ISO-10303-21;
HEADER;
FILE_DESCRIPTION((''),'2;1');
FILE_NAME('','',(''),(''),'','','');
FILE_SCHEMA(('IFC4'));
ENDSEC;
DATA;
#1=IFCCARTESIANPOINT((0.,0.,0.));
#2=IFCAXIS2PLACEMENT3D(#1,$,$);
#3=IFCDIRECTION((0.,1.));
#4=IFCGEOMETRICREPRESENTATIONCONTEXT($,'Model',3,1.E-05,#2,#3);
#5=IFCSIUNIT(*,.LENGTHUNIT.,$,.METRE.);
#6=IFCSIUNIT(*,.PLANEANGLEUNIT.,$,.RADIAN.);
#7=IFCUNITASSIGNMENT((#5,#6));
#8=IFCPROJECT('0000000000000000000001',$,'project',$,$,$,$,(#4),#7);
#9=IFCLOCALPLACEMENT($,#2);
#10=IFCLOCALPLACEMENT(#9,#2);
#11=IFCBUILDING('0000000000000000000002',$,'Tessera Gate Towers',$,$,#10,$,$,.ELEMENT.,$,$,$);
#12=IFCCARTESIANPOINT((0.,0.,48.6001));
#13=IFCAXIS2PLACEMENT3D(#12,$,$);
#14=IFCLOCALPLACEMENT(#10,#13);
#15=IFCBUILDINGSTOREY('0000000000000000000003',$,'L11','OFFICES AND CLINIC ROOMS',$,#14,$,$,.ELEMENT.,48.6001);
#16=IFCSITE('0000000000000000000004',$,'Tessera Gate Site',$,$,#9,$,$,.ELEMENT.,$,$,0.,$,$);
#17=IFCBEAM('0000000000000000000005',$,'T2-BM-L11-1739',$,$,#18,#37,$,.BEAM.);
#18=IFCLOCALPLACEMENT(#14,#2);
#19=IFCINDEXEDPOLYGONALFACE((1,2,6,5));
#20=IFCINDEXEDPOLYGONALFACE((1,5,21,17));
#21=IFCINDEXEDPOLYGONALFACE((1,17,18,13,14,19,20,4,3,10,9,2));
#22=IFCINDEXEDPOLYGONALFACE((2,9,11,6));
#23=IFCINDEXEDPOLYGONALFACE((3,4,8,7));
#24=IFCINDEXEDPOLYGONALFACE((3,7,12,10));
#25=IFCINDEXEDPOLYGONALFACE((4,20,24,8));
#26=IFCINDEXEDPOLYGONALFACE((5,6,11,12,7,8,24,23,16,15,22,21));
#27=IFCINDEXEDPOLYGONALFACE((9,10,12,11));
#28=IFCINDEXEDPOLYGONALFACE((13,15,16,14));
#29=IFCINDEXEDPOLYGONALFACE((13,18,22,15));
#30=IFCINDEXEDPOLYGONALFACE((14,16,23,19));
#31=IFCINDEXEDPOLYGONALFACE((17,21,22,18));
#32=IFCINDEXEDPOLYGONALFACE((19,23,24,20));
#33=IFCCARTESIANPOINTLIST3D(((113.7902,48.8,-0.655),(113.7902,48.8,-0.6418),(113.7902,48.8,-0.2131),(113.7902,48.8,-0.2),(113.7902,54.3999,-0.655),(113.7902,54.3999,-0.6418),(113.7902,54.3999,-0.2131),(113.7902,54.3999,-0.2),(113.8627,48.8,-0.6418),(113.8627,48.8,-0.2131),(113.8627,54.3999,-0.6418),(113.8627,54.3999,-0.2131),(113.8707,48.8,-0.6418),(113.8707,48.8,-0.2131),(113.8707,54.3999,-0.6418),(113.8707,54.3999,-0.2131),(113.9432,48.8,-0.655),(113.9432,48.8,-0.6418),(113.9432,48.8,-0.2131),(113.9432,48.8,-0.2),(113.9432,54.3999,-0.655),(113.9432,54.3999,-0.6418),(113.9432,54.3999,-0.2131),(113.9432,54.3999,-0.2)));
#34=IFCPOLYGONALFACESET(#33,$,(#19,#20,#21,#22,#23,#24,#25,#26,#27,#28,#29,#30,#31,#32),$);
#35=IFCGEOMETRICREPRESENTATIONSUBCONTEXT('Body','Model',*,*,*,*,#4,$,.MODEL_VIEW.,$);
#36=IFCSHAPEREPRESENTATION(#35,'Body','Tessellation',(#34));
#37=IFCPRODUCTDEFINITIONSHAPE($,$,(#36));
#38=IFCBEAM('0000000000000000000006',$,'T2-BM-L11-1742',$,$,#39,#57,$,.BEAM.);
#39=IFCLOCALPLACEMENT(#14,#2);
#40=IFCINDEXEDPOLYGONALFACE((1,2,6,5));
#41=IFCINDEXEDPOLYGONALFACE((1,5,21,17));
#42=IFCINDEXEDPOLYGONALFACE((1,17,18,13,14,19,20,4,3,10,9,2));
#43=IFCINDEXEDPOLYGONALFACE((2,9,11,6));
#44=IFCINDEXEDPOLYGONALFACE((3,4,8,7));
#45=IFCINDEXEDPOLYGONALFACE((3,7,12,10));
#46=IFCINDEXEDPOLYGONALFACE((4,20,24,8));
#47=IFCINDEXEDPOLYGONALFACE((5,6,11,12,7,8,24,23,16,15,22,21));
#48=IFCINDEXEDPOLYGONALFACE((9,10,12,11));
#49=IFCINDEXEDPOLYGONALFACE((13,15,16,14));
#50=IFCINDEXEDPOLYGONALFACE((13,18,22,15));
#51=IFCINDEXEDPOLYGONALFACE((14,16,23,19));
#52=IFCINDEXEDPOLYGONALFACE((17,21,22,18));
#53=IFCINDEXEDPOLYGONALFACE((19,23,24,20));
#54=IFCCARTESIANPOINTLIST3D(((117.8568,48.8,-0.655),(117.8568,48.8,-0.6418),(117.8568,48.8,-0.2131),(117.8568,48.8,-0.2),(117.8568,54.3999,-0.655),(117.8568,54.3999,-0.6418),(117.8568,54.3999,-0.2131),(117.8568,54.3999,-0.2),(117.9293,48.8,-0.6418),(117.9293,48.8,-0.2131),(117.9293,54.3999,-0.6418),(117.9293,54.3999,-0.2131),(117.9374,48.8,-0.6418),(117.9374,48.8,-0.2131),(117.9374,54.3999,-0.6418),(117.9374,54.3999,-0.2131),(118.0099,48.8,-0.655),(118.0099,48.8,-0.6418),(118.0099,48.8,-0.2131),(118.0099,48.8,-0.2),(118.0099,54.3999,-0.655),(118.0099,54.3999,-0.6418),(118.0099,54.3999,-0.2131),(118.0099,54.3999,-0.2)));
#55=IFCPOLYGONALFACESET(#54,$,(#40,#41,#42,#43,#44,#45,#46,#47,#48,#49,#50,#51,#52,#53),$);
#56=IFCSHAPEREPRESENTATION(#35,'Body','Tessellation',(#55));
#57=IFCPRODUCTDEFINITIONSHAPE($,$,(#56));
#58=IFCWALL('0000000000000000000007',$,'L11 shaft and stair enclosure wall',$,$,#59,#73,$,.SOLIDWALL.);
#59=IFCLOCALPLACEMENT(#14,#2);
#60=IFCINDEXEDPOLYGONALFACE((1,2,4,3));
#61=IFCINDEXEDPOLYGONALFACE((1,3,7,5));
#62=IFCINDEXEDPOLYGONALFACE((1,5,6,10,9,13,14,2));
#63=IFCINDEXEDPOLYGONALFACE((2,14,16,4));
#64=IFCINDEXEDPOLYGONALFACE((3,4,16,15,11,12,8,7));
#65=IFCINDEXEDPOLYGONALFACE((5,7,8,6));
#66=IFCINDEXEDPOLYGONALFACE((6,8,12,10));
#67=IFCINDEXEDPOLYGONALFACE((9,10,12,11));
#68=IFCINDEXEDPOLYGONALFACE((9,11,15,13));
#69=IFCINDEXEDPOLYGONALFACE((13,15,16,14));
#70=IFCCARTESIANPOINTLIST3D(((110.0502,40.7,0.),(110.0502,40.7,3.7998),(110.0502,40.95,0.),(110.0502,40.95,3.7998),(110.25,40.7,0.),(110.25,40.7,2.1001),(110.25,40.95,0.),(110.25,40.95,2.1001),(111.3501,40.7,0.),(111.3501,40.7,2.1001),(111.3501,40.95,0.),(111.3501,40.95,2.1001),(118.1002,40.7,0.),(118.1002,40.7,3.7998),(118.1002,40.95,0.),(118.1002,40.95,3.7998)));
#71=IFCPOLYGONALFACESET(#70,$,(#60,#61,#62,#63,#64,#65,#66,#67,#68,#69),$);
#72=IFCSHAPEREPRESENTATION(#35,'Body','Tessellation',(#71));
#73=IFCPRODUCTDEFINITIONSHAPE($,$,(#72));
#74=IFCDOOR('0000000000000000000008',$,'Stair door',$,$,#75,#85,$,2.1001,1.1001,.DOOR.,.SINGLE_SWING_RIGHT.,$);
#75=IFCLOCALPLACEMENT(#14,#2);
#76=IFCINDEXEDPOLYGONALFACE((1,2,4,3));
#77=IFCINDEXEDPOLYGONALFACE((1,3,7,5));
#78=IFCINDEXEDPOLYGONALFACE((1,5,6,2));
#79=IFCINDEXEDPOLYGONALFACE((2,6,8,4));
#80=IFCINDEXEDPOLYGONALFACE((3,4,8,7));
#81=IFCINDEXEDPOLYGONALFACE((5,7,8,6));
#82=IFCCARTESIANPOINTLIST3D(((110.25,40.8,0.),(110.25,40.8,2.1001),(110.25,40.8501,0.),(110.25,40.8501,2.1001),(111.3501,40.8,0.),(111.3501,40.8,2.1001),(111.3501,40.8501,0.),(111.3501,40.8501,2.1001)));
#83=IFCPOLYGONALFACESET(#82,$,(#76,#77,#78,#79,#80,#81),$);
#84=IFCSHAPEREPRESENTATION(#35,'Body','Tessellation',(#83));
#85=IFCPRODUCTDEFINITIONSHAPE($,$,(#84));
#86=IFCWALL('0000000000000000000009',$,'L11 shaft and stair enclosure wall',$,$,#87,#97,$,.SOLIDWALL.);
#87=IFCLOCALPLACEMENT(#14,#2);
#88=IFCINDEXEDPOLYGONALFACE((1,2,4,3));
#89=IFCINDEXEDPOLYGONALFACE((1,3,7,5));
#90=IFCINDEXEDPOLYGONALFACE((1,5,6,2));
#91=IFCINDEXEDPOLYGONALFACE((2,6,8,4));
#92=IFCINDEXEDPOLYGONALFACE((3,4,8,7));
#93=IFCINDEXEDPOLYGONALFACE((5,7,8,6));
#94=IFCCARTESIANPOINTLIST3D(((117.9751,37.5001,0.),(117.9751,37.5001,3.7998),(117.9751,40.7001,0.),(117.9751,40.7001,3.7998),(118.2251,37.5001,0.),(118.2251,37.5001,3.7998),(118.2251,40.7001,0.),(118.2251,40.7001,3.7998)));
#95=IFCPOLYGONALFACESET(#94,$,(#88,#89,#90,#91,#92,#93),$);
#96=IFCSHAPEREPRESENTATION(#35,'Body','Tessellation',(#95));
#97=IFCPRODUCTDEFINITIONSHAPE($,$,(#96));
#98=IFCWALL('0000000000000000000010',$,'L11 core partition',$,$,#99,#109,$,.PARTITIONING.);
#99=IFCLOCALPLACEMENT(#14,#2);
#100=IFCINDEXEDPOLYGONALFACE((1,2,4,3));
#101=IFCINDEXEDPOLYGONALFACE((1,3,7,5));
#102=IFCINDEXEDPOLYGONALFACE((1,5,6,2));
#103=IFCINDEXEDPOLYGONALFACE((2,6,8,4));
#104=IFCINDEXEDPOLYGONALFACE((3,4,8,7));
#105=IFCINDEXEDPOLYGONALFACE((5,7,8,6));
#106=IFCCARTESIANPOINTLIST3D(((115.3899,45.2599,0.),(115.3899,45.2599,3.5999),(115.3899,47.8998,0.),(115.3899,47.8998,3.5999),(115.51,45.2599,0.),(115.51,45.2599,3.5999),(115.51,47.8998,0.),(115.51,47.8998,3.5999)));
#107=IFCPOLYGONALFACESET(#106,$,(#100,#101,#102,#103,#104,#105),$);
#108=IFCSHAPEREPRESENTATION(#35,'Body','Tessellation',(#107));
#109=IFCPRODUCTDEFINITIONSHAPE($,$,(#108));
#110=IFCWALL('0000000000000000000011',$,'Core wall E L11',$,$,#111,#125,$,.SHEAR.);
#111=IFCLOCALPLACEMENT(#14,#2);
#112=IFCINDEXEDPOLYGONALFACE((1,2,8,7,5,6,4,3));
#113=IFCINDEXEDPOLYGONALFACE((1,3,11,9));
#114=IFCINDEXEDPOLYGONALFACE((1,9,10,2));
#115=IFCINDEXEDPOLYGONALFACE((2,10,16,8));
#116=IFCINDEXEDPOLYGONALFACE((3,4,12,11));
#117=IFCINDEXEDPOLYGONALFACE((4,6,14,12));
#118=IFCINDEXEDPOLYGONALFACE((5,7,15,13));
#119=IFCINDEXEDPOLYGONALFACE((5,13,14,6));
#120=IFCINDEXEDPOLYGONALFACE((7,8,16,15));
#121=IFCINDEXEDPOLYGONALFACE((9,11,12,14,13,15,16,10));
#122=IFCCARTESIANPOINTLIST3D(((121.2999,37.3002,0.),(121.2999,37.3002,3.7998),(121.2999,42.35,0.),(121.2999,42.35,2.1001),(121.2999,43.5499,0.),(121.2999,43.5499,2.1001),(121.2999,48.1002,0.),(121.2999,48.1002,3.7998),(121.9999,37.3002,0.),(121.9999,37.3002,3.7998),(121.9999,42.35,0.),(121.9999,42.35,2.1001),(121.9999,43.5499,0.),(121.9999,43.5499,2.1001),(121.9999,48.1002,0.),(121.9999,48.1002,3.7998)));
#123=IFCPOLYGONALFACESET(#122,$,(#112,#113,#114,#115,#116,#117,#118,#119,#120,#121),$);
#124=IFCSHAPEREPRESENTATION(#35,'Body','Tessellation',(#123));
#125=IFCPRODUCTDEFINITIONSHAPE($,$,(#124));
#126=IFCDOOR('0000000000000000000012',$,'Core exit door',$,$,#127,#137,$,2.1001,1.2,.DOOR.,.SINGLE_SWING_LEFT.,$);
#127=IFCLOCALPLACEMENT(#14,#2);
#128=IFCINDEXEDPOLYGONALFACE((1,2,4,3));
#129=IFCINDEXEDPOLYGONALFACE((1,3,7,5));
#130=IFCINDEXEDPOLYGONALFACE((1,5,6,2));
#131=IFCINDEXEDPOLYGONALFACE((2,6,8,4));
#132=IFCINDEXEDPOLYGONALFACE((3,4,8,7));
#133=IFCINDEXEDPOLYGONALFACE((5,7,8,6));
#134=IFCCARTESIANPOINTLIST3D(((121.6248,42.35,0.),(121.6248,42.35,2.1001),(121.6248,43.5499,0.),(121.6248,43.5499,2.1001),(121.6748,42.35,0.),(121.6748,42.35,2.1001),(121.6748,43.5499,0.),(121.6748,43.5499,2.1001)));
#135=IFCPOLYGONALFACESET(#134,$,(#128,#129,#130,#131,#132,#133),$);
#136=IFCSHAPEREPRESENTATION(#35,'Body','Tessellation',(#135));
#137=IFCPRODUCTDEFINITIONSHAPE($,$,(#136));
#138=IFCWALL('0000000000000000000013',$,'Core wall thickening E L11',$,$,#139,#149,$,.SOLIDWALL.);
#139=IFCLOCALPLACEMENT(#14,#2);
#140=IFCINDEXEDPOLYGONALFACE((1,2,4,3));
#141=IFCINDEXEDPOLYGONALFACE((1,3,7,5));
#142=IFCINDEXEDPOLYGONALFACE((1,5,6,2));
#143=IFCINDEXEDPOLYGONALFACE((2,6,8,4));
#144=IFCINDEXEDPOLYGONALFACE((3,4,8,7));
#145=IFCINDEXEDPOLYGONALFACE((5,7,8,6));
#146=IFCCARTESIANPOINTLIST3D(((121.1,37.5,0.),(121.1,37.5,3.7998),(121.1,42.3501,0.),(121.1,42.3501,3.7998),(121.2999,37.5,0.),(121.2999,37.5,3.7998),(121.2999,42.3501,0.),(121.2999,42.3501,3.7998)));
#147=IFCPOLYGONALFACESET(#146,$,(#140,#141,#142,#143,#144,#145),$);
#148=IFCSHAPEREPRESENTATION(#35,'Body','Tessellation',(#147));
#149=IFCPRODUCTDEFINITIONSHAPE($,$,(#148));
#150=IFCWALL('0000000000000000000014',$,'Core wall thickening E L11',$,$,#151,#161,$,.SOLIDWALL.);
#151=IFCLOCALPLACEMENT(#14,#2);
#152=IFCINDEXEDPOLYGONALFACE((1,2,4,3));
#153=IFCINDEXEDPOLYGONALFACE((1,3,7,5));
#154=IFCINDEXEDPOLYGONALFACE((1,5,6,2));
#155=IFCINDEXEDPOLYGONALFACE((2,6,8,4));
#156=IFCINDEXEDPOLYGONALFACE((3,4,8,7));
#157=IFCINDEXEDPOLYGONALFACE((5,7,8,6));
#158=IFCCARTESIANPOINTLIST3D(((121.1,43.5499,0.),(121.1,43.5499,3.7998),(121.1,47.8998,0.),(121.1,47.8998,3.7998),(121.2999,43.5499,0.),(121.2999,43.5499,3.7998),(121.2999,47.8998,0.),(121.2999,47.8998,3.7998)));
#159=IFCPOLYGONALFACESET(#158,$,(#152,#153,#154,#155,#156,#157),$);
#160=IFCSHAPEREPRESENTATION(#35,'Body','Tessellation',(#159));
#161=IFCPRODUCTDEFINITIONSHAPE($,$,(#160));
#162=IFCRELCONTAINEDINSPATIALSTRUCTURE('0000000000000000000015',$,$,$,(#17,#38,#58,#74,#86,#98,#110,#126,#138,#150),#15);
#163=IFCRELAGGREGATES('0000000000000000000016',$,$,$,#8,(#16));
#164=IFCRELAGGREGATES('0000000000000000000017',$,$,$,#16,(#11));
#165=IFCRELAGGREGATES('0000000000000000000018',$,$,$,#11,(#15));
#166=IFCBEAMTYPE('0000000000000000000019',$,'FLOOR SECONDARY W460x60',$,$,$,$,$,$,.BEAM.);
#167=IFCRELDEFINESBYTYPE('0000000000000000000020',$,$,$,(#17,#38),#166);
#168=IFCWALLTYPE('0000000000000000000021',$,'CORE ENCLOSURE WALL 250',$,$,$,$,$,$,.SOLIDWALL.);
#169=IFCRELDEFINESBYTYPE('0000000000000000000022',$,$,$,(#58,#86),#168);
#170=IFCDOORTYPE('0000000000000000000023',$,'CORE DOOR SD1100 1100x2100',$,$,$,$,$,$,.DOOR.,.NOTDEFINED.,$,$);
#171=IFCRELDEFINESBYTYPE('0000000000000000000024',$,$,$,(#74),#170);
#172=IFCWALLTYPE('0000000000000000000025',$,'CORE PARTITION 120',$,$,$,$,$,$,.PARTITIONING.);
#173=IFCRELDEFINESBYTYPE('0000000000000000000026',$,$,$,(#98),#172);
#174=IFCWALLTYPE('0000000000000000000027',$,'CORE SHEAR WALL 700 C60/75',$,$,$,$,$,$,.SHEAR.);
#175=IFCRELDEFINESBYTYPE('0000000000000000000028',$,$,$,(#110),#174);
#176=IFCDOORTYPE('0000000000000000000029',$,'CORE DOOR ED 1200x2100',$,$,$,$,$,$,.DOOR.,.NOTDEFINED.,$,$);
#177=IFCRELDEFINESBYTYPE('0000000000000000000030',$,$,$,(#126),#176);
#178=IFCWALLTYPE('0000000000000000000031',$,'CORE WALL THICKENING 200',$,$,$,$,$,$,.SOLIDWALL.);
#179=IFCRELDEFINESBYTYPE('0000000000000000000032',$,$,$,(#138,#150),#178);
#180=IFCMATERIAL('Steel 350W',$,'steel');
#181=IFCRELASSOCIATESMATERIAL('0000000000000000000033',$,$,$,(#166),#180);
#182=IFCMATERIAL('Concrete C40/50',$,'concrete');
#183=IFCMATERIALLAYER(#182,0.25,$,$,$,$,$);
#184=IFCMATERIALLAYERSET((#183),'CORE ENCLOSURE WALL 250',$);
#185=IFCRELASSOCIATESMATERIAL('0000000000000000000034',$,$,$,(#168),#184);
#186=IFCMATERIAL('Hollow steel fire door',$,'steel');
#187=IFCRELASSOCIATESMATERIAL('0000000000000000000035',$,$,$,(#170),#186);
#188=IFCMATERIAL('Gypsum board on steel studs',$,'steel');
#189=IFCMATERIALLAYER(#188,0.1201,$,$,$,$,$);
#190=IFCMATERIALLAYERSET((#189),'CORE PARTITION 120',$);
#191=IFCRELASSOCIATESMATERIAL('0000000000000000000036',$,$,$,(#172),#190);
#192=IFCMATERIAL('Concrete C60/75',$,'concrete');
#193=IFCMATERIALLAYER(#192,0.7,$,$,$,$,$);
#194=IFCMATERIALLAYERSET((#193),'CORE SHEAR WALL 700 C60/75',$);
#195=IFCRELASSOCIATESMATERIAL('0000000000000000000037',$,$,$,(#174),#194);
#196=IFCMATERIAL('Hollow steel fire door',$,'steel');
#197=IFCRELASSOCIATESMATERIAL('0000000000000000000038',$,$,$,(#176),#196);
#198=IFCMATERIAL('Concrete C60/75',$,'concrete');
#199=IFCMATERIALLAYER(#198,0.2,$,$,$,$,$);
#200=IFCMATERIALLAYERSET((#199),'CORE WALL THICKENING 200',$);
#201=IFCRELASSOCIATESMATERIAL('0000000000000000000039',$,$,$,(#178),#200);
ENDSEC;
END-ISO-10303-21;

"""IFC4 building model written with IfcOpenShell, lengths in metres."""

from ifc_helpers import new_model, si_unit, direction, frame, frame_2d, origin, origin_2d, place, context, subcontext, project, spatial, rectangle, i_section, extrude, source, transform, mapped, material, layer, layer_set, material_profile, profile_set, type_object, element, fill, save


model = new_model("IFC4")

# Units and contexts
model_context = context("Model", 3, precision=1e-05, world=origin(), true_north=direction((0.0, 1.0)))
body_context = subcontext(model_context, "Body", "Model", "MODEL_VIEW")
ifc_project = project(units=[si_unit("LENGTHUNIT", "METRE"), si_unit("PLANEANGLEUNIT", "RADIAN")], contexts=[model_context])

# Site, building, storey
site_placement = place(None, origin())
site = spatial("IfcSite", under=ifc_project, at=site_placement, Name="Tessera Gate Site", CompositionType="ELEMENT", RefElevation=0.0)
building_placement = place(site_placement, origin())
building = spatial("IfcBuilding", under=site, at=building_placement, Name="Tessera Gate Towers", CompositionType="ELEMENT")
storey_placement = place(building_placement, frame((0.0, 0.0, 48.6001)))
storey = spatial("IfcBuildingStorey", under=building, at=storey_placement, Name="L11", Description="OFFICES AND CLINIC ROOMS", CompositionType="ELEMENT", Elevation=48.6001)

# Beams
ifc_material_1 = material(Name="Steel 350W", Category="steel")
ifc_material_profile = material_profile(ifc_material_1, i_section(OverallWidth=0.1531, OverallDepth=0.4551, WebThickness=0.0081, FlangeThickness=0.0132, at=origin_2d()), Name="W460x60")
ifc_profile_set = profile_set([ifc_material_profile], Name="Steel 350W")
beam_type = type_object("IfcBeamType", Name="FLOOR SECONDARY W460x60", PredefinedType="BEAM", material=ifc_profile_set)
for number, where, z_axis, x_axis, name in (
    (1, (113.8667, 48.8, -0.4275), (0.0, 1.0, 0.0), (-1.0, 0.0, 0.0), "T2-BM-L11-1739"),
    (2, (117.9333, 48.8, -0.4275), (0.0, 1.0, 0.0), (-1.0, 0.0, 0.0), "T2-BM-L11-1742"),
):
    element("IfcBeam", number, at=place(storey_placement, frame(where, z_axis=z_axis, x_axis=x_axis)), inside=storey, type_object=beam_type, Name=name, PredefinedType="BEAM", context=body_context, shape_type="SweptSolid", body=[
        extrude(i_section(OverallWidth=0.1531, OverallDepth=0.4551, WebThickness=0.0081, FlangeThickness=0.0132, at=origin_2d()), origin(), (0.0, 0.0, 1.0), 5.5999),
    ])

# Wall, opening, door
ifc_material_2 = material(Name="Concrete C40/50", Category="concrete")
ifc_layer_1 = layer(ifc_material_2, 0.25)
ifc_layer_set_1 = layer_set([ifc_layer_1], Name="CORE ENCLOSURE WALL 250")
wall_type_1 = type_object("IfcWallType", Name="CORE ENCLOSURE WALL 250", PredefinedType="SOLIDWALL", material=ifc_layer_set_1)
wall_1_placement = place(storey_placement, frame((118.1001, 40.825, 0.0), z_axis=(0.0, 0.0, 1.0), x_axis=(-1.0, 0.0, 0.0)))
wall_1 = element("IfcWall", 3, at=wall_1_placement, inside=storey, type_object=wall_type_1, Name="L11 shaft and stair enclosure wall", PredefinedType="SOLIDWALL", context=body_context, shape_type="SweptSolid", body=[
    extrude(rectangle(XDim=8.05, YDim=0.25, at=frame_2d((4.0249, 0.0))), origin(), (0.0, 0.0, 1.0), 3.7998),
])
shared_shape_1 = source(origin(), body_context, "Body", "SweptSolid", [
    extrude(rectangle(XDim=1.1001, YDim=2.1001, at=frame_2d((0.55, 1.05))), frame((0.0, 0.135, 0.0), z_axis=(0.0, -1.0, 0.0), x_axis=(1.0, 0.0, 0.0)), (0.0, 0.0, 1.0), 0.27),
])
opening_1_placement = place(wall_1_placement, frame((6.75, 0.0, 0.0)))
opening_1 = element("IfcOpeningElement", 4, at=opening_1_placement, cuts=wall_1, PredefinedType="OPENING", context=body_context, shape_type="MappedRepresentation", body=[
    mapped(shared_shape_1, transform((0.0, 0.0, 0.0), scale=1.0)),
])
ifc_material_3 = material(Name="Hollow steel fire door", Category="steel")
door_type_1 = type_object("IfcDoorType", Name="CORE DOOR SD1100 1100x2100", OperationType="NOTDEFINED", PredefinedType="DOOR", material=ifc_material_3)
shared_shape_2 = source(origin(), body_context, "Body", "SweptSolid", [
    extrude(rectangle(XDim=1.1001, YDim=2.1001, at=frame_2d((0.55, 1.05))), frame((0.0, 0.0249, 0.0), z_axis=(0.0, -1.0, 0.0), x_axis=(1.0, 0.0, 0.0)), (0.0, 0.0, 1.0), 0.05),
])
door_1_placement = place(opening_1_placement, origin())
door_1 = element("IfcDoor", 5, at=door_1_placement, inside=storey, type_object=door_type_1, Name="Stair door", OperationType="SINGLE_SWING_RIGHT", OverallHeight=2.1001, OverallWidth=1.1001, PredefinedType="DOOR", context=body_context, shape_type="MappedRepresentation", body=[
    mapped(shared_shape_2, transform((0.0, 0.0, 0.0), scale=1.0)),
])
fill(opening_1, door_1)

# Walls
wall_2_placement = place(storey_placement, frame((118.1001, 37.5, 0.0), z_axis=(0.0, 0.0, 1.0), x_axis=(0.0, 1.0, 0.0)))
element("IfcWall", 6, at=wall_2_placement, inside=storey, type_object=wall_type_1, Name="L11 shaft and stair enclosure wall", PredefinedType="SOLIDWALL", context=body_context, shape_type="SweptSolid", body=[
    extrude(rectangle(XDim=3.2, YDim=0.25, at=frame_2d((1.6001, 0.0))), origin(), (0.0, 0.0, 1.0), 3.7998),
])
ifc_material_4 = material(Name="Gypsum board on steel studs", Category="steel")
ifc_layer_2 = layer(ifc_material_4, 0.1201)
ifc_layer_set_2 = layer_set([ifc_layer_2], Name="CORE PARTITION 120")
wall_type_2 = type_object("IfcWallType", Name="CORE PARTITION 120", PredefinedType="PARTITIONING", material=ifc_layer_set_2)
wall_3_placement = place(storey_placement, frame((115.45, 45.26, 0.0), z_axis=(0.0, 0.0, 1.0), x_axis=(0.0, 1.0, 0.0)))
element("IfcWall", 7, at=wall_3_placement, inside=storey, type_object=wall_type_2, Name="L11 core partition", PredefinedType="PARTITIONING", context=body_context, shape_type="SweptSolid", body=[
    extrude(rectangle(XDim=2.6399, YDim=0.1201, at=frame_2d((1.3198, 0.0))), origin(), (0.0, 0.0, 1.0), 3.5999),
])

# Wall, opening, door
ifc_material_5 = material(Name="Concrete C60/75", Category="concrete")
ifc_layer_3 = layer(ifc_material_5, 0.7)
ifc_layer_set_3 = layer_set([ifc_layer_3], Name="CORE SHEAR WALL 700 C60/75")
wall_type_3 = type_object("IfcWallType", Name="CORE SHEAR WALL 700 C60/75", PredefinedType="SHEAR", material=ifc_layer_set_3)
wall_4_placement = place(storey_placement, frame((121.6499, 48.1001, 0.0), z_axis=(0.0, 0.0, 1.0), x_axis=(0.0, -1.0, 0.0)))
wall_4 = element("IfcWall", 8, at=wall_4_placement, inside=storey, type_object=wall_type_3, Name="Core wall E L11", PredefinedType="SHEAR", context=body_context, shape_type="SweptSolid", body=[
    extrude(rectangle(XDim=10.8, YDim=0.7, at=frame_2d((5.3999, 0.0))), origin(), (0.0, 0.0, 1.0), 3.7998),
])
shared_shape_3 = source(origin(), body_context, "Body", "SweptSolid", [
    extrude(rectangle(XDim=1.2, YDim=2.1001, at=frame_2d((0.6001, 1.05))), frame((0.0, 0.3599, 0.0), z_axis=(0.0, -1.0, 0.0), x_axis=(1.0, 0.0, 0.0)), (0.0, 0.0, 1.0), 0.72),
])
opening_2_placement = place(wall_4_placement, frame((4.55, 0.0, 0.0)))
opening_2 = element("IfcOpeningElement", 9, at=opening_2_placement, cuts=wall_4, PredefinedType="OPENING", context=body_context, shape_type="MappedRepresentation", body=[
    mapped(shared_shape_3, transform((0.0, 0.0, 0.0), scale=1.0)),
])
ifc_material_6 = material(Name="Hollow steel fire door", Category="steel")
door_type_2 = type_object("IfcDoorType", Name="CORE DOOR ED 1200x2100", OperationType="NOTDEFINED", PredefinedType="DOOR", material=ifc_material_6)
shared_shape_4 = source(origin(), body_context, "Body", "SweptSolid", [
    extrude(rectangle(XDim=1.2, YDim=2.1001, at=frame_2d((0.6001, 1.05))), frame((0.0, 0.0249, 0.0), z_axis=(0.0, -1.0, 0.0), x_axis=(1.0, 0.0, 0.0)), (0.0, 0.0, 1.0), 0.05),
])
door_2_placement = place(opening_2_placement, origin())
door_2 = element("IfcDoor", 10, at=door_2_placement, inside=storey, type_object=door_type_2, Name="Core exit door", OperationType="SINGLE_SWING_LEFT", OverallHeight=2.1001, OverallWidth=1.2, PredefinedType="DOOR", context=body_context, shape_type="MappedRepresentation", body=[
    mapped(shared_shape_4, transform((0.0, 0.0, 0.0), scale=1.0)),
])
fill(opening_2, door_2)

# Walls
ifc_material_7 = material(Name="Concrete C60/75", Category="concrete")
ifc_layer_4 = layer(ifc_material_7, 0.2)
ifc_layer_set_4 = layer_set([ifc_layer_4], Name="CORE WALL THICKENING 200")
wall_type_4 = type_object("IfcWallType", Name="CORE WALL THICKENING 200", PredefinedType="SOLIDWALL", material=ifc_layer_set_4)
wall_5_placement = place(storey_placement, frame((121.2, 37.5, 0.0), z_axis=(0.0, 0.0, 1.0), x_axis=(0.0, 1.0, 0.0)))
element("IfcWall", 11, at=wall_5_placement, inside=storey, type_object=wall_type_4, Name="Core wall thickening E L11", PredefinedType="SOLIDWALL", context=body_context, shape_type="SweptSolid", body=[
    extrude(rectangle(XDim=4.8501, YDim=0.2, at=frame_2d((2.425, 0.0))), origin(), (0.0, 0.0, 1.0), 3.7998),
])
wall_6_placement = place(storey_placement, frame((121.2, 43.55, 0.0), z_axis=(0.0, 0.0, 1.0), x_axis=(0.0, 1.0, 0.0)))
element("IfcWall", 12, at=wall_6_placement, inside=storey, type_object=wall_type_4, Name="Core wall thickening E L11", PredefinedType="SOLIDWALL", context=body_context, shape_type="SweptSolid", body=[
    extrude(rectangle(XDim=4.3499, YDim=0.2, at=frame_2d((2.1748, 0.0))), origin(), (0.0, 0.0, 1.0), 3.7998),
])

save(model, "model.ifc")
